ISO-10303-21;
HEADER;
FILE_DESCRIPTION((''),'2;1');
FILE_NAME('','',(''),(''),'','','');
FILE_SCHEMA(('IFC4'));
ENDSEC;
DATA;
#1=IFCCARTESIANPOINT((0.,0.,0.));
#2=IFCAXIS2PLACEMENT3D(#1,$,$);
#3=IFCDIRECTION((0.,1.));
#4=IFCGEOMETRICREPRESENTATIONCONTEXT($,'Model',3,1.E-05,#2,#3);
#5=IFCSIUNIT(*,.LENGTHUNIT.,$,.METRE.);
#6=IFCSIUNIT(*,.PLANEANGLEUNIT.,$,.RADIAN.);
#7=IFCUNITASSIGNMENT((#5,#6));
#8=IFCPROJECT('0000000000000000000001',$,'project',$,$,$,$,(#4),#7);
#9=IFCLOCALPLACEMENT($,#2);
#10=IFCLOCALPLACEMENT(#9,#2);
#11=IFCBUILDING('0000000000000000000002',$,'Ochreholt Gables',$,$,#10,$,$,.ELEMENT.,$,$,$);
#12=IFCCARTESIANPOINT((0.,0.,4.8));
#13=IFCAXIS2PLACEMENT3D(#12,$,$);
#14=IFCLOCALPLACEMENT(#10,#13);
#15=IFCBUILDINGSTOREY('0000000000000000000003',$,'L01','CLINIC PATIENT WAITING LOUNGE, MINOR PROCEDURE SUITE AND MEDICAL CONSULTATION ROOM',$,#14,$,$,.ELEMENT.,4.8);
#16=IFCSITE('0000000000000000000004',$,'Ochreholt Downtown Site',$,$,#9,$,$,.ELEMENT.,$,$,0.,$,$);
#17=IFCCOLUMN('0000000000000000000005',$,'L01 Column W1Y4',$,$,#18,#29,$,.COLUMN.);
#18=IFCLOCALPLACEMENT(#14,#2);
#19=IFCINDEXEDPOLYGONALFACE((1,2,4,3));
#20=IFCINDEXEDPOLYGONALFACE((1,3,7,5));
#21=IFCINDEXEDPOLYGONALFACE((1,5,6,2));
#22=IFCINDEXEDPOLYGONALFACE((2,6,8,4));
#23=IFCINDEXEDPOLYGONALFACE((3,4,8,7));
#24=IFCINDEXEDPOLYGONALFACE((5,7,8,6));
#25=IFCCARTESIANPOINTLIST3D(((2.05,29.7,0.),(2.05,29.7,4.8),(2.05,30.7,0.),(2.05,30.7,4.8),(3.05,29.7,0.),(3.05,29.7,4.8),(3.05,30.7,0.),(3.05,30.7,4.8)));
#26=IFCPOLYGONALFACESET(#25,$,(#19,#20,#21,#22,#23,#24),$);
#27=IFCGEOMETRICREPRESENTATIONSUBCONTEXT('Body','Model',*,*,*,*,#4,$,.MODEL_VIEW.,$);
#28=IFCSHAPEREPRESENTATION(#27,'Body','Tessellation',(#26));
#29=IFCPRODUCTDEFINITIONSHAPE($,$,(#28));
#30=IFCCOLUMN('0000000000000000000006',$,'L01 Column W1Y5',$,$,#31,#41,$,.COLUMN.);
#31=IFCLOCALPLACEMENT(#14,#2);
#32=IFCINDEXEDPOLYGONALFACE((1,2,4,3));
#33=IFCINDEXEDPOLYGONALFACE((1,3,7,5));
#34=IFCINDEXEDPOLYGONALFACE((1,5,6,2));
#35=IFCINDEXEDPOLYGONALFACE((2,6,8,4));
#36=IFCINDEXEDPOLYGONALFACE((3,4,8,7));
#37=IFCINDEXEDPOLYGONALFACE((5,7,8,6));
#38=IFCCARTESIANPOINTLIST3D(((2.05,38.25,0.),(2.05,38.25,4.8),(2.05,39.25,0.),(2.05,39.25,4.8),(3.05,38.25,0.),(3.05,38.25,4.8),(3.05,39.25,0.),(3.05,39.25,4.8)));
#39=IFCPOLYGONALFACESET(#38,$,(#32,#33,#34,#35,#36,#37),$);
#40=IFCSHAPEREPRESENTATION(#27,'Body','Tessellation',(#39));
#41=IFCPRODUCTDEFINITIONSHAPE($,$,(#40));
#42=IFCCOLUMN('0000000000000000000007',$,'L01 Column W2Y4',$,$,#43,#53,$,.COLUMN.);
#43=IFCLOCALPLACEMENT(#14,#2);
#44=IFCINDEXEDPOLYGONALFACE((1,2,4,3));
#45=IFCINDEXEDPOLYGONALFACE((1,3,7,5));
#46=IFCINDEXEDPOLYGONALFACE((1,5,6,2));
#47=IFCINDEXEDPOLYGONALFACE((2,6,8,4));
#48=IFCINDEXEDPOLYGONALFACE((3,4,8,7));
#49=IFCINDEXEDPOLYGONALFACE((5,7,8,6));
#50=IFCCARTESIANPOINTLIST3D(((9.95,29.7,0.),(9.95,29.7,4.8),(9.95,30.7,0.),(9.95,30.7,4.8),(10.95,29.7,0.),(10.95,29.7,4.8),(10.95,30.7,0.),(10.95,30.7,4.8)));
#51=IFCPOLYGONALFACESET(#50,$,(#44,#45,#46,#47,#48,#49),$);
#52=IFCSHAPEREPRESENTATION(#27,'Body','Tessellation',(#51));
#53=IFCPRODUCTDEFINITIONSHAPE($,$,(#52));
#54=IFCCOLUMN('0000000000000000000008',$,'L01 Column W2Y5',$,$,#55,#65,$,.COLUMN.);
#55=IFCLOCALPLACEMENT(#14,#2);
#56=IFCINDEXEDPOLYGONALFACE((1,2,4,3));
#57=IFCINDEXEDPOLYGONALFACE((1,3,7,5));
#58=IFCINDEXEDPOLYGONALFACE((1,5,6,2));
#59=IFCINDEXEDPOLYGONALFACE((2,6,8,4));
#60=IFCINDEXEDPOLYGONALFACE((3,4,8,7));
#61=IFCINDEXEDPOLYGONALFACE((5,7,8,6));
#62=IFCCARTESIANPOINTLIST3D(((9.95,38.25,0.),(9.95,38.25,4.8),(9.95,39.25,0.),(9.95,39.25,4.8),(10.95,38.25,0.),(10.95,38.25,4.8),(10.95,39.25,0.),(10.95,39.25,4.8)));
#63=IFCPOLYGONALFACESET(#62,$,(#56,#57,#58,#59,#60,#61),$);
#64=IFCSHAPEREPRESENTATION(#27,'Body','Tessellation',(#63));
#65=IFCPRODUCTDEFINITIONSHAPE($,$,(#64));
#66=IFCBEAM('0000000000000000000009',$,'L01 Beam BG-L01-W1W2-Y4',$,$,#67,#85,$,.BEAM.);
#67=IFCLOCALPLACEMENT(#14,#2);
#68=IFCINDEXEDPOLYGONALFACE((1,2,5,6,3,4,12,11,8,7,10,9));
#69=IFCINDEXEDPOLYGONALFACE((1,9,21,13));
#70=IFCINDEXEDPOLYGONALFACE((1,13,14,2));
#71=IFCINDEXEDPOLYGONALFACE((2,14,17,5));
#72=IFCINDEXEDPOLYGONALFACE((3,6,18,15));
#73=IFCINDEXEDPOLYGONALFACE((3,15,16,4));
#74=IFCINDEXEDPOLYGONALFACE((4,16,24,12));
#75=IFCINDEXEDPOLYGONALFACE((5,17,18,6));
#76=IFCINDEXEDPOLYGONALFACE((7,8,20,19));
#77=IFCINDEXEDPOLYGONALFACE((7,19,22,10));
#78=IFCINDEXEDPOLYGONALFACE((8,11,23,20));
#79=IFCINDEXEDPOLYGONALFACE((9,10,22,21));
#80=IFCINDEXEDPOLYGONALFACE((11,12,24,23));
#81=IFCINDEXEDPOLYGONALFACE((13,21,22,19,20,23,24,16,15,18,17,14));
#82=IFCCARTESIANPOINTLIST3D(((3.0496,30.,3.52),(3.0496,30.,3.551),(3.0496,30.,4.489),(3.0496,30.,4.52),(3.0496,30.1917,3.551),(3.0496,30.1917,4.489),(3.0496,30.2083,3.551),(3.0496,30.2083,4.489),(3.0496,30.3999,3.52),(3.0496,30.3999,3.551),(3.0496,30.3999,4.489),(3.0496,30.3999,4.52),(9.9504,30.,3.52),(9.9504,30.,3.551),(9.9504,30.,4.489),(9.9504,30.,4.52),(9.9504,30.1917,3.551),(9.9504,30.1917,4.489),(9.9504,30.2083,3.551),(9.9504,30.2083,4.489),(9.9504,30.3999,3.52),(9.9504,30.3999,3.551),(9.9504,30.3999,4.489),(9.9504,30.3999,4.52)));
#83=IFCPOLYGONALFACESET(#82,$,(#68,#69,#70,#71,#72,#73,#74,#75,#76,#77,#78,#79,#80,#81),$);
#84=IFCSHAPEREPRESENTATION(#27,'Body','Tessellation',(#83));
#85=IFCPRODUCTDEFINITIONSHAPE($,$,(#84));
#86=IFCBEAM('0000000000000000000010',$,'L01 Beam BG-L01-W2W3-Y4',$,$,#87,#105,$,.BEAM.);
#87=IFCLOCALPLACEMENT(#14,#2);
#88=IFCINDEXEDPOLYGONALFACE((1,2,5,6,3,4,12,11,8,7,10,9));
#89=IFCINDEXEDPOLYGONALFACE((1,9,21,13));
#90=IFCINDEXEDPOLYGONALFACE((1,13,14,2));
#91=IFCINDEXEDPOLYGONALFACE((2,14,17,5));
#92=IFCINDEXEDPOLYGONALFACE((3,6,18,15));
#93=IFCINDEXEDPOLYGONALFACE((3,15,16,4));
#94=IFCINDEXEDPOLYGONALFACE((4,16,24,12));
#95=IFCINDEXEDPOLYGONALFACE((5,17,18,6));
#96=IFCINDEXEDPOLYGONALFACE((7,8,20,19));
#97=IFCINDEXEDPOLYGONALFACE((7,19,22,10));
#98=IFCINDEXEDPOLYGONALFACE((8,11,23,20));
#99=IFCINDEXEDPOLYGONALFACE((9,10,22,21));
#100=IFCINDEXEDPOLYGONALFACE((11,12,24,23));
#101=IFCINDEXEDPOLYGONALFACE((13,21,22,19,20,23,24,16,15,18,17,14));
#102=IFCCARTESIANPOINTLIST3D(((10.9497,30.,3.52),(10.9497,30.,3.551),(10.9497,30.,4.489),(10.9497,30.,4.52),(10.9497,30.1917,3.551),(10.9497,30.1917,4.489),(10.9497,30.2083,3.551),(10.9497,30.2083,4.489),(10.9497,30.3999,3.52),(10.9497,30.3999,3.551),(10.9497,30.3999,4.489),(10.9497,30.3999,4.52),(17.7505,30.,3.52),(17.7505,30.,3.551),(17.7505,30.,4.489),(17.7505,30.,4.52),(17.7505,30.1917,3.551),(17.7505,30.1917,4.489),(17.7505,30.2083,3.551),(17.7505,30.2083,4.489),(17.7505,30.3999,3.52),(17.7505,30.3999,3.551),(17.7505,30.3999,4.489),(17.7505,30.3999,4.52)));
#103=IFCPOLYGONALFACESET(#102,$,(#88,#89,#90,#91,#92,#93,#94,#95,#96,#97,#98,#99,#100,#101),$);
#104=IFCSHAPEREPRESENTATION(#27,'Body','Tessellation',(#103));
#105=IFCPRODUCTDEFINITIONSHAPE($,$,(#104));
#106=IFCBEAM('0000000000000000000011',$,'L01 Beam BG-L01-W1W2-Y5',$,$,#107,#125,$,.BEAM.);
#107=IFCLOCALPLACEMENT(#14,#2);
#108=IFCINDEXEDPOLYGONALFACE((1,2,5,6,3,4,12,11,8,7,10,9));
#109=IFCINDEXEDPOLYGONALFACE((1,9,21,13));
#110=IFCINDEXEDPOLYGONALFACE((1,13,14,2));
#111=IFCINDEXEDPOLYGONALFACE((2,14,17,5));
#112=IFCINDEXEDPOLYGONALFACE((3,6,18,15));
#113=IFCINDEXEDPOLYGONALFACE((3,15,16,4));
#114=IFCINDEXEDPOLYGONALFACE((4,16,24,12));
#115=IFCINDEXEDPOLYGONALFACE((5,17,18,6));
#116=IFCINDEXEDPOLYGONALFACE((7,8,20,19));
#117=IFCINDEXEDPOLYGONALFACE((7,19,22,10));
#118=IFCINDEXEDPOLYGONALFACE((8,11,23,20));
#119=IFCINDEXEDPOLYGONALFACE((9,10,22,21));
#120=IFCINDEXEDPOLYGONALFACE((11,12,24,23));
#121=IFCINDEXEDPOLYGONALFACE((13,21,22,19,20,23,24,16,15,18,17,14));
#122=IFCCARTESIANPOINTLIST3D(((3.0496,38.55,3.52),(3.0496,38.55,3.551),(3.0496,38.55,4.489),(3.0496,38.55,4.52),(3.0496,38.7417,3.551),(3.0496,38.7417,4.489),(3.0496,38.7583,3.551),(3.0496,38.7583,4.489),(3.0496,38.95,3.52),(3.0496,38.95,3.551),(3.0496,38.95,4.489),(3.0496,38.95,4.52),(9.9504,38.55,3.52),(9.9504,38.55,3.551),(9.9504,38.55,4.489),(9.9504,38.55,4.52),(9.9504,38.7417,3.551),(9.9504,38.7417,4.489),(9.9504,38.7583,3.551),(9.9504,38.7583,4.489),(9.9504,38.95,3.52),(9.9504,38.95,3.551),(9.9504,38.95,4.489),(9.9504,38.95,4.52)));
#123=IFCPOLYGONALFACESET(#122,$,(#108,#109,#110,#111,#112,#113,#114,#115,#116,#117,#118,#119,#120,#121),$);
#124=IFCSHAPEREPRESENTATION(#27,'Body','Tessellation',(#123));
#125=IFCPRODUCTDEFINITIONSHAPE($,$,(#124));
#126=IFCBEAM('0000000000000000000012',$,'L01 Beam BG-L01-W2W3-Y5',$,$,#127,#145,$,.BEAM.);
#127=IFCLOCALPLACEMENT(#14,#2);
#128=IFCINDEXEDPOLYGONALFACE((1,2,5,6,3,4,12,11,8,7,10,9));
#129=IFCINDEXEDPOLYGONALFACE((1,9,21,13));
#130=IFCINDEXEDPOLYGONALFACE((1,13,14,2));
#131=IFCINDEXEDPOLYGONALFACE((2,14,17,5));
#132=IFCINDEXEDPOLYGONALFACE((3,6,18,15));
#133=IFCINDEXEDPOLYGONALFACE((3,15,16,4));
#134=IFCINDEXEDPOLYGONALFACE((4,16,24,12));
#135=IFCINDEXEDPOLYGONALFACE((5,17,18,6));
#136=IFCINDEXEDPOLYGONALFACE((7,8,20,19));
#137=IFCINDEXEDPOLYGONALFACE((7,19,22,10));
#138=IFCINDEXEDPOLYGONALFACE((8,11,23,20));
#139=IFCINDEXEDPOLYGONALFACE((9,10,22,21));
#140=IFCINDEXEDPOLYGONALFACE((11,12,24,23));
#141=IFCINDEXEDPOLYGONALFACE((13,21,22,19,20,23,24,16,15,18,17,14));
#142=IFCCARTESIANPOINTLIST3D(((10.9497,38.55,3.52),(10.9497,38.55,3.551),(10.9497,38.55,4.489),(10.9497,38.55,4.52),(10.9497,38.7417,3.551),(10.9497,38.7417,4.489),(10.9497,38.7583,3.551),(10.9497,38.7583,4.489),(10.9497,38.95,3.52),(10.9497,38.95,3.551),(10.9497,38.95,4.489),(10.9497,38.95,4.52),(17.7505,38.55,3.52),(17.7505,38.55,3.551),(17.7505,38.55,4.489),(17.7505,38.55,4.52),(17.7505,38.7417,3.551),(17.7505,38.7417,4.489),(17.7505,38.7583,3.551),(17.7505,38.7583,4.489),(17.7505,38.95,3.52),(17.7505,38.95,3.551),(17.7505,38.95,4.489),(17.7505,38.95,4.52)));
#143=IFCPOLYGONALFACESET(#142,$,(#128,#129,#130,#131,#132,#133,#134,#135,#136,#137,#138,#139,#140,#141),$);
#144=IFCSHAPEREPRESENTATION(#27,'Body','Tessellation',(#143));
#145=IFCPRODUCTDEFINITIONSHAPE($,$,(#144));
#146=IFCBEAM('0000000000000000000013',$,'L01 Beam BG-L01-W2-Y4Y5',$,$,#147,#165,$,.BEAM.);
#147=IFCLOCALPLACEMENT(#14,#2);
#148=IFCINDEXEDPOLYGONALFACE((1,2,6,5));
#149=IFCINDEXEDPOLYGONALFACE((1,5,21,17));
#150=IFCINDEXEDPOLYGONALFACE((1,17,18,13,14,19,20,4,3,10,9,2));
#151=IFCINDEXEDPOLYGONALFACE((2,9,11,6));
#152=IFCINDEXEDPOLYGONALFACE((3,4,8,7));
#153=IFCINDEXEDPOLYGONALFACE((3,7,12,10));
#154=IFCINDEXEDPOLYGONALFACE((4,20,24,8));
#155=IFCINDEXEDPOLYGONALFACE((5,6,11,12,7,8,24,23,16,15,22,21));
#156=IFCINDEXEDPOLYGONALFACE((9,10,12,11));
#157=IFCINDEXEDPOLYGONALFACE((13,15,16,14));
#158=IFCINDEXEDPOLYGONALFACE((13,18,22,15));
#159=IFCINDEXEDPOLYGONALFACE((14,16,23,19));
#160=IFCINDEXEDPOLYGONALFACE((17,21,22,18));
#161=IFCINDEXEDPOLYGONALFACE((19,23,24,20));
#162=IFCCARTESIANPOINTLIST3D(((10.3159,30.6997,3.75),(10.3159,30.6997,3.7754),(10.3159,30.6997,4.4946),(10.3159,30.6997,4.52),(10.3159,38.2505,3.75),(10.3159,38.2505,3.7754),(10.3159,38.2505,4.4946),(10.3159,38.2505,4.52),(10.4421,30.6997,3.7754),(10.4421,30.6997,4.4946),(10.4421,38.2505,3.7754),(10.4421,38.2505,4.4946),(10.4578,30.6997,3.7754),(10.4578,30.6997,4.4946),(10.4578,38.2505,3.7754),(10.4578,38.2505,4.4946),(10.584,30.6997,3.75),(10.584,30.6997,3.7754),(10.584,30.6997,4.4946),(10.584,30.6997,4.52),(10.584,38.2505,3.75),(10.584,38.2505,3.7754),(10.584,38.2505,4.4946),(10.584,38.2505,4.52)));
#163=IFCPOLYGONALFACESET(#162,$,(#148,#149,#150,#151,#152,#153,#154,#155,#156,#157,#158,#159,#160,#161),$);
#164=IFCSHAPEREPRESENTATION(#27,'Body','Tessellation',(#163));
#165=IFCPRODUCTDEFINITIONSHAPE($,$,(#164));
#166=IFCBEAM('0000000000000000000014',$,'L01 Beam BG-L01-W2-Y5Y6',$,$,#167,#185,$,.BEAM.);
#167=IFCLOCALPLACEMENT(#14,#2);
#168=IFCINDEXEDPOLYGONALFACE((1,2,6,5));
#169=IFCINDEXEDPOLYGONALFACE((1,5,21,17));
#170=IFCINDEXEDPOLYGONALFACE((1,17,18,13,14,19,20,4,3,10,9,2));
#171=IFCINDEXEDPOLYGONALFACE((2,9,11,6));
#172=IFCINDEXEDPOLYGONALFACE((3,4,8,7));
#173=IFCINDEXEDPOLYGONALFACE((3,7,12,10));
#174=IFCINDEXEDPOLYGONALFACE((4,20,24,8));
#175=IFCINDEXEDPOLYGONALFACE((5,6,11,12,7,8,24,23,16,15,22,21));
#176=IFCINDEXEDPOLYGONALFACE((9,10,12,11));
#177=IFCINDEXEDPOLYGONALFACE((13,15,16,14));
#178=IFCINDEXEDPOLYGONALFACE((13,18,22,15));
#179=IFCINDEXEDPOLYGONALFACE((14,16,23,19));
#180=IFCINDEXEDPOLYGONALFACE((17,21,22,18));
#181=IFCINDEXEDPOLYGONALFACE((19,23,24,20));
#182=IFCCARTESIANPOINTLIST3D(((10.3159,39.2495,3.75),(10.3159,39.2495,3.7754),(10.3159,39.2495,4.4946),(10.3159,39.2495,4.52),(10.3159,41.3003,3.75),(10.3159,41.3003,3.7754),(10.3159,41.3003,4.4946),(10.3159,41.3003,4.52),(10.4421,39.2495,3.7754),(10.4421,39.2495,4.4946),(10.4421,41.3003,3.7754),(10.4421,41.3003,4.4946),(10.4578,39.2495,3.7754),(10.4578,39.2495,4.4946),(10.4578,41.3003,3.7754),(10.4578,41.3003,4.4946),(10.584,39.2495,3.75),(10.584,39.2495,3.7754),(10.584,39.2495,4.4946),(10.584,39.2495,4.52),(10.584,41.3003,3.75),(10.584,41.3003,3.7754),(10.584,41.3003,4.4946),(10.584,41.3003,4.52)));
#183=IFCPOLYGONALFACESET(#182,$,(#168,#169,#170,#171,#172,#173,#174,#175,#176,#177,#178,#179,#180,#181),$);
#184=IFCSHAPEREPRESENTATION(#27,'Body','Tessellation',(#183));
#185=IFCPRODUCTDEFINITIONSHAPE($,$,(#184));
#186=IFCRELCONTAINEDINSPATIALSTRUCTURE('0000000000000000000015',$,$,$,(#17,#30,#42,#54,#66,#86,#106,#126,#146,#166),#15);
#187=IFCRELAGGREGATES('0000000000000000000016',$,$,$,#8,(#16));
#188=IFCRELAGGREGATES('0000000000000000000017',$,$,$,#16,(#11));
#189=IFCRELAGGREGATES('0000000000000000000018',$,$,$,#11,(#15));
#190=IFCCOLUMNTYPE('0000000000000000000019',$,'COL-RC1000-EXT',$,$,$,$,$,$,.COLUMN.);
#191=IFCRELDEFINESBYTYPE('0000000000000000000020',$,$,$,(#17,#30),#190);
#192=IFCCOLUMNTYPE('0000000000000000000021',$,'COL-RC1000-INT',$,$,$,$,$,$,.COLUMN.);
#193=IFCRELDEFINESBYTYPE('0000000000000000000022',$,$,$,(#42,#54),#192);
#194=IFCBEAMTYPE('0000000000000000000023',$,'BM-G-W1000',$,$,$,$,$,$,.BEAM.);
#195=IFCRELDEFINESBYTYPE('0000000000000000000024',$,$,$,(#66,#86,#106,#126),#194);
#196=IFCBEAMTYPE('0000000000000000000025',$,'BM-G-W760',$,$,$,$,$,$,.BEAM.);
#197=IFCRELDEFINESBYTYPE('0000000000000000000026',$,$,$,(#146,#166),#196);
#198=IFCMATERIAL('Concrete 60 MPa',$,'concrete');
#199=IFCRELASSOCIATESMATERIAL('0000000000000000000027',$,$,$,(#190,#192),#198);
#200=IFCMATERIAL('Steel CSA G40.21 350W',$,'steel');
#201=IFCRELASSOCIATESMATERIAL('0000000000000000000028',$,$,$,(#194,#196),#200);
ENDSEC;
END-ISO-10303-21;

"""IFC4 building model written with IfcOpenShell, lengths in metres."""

from ifc_helpers import new_model, si_unit, direction, frame, origin, origin_2d, place, context, subcontext, project, spatial, rectangle, i_section, extrude, material, material_profile, profile_set, type_object, element, save


model = new_model("IFC4")

# Units and contexts
model_context = context("Model", 3, precision=1e-05, world=origin(), true_north=direction((0.0, 1.0)))
body_context = subcontext(model_context, "Body", "Model", "MODEL_VIEW")
ifc_project = project(units=[si_unit("LENGTHUNIT", "METRE"), si_unit("PLANEANGLEUNIT", "RADIAN")], contexts=[model_context])

# Site, building, storey
site_placement = place(None, origin())
site = spatial("IfcSite", under=ifc_project, at=site_placement, Name="Ochreholt Downtown Site", CompositionType="ELEMENT", RefElevation=0.0)
building_placement = place(site_placement, origin())
building = spatial("IfcBuilding", under=site, at=building_placement, Name="Ochreholt Gables", CompositionType="ELEMENT")
storey_placement = place(building_placement, frame((0.0, 0.0, 4.8)))
storey = spatial("IfcBuildingStorey", under=building, at=storey_placement, Name="L01", Description="CLINIC PATIENT WAITING LOUNGE, MINOR PROCEDURE SUITE AND MEDICAL CONSULTATION ROOM", CompositionType="ELEMENT", Elevation=4.8)

# Columns
ifc_material_1 = material(Name="Concrete 60 MPa", Category="concrete")
ifc_material_profile_1 = material_profile(ifc_material_1, rectangle(XDim=1.0, YDim=1.0, at=origin_2d()), Name="RC1000X1000")
ifc_profile_set_1 = profile_set([ifc_material_profile_1], Name="Concrete 60 MPa")
column_type_1 = type_object("IfcColumnType", Name="COL-RC1000-EXT", PredefinedType="COLUMN", material=ifc_profile_set_1)
for number, where, z_axis, x_axis, name in (
    (1, (2.55, 30.2, 0.0), (0.0, 0.0, 1.0), (1.0, 0.0, 0.0), "L01 Column W1Y4"),
    (2, (2.55, 38.75, 0.0), (0.0, 0.0, 1.0), (1.0, 0.0, 0.0), "L01 Column W1Y5"),
):
    element("IfcColumn", number, at=place(storey_placement, frame(where, z_axis=z_axis, x_axis=x_axis)), inside=storey, type_object=column_type_1, Name=name, PredefinedType="COLUMN", context=body_context, shape_type="SweptSolid", body=[
        extrude(rectangle(XDim=1.0, YDim=1.0, at=origin_2d()), origin(), (0.0, 0.0, 1.0), 4.8),
    ])
ifc_material_profile_2 = material_profile(ifc_material_1, rectangle(XDim=1.0, YDim=1.0, at=origin_2d()), Name="RC1000X1000")
ifc_profile_set_2 = profile_set([ifc_material_profile_2], Name="Concrete 60 MPa")
column_type_2 = type_object("IfcColumnType", Name="COL-RC1000-INT", PredefinedType="COLUMN", material=ifc_profile_set_2)
for number, where, z_axis, x_axis, name in (
    (3, (10.45, 30.2, 0.0), (0.0, 0.0, 1.0), (1.0, 0.0, 0.0), "L01 Column W2Y4"),
    (4, (10.45, 38.75, 0.0), (0.0, 0.0, 1.0), (1.0, 0.0, 0.0), "L01 Column W2Y5"),
):
    element("IfcColumn", number, at=place(storey_placement, frame(where, z_axis=z_axis, x_axis=x_axis)), inside=storey, type_object=column_type_2, Name=name, PredefinedType="COLUMN", context=body_context, shape_type="SweptSolid", body=[
        extrude(rectangle(XDim=1.0, YDim=1.0, at=origin_2d()), origin(), (0.0, 0.0, 1.0), 4.8),
    ])

# Beams
ifc_material_2 = material(Name="Steel CSA G40.21 350W", Category="steel")
ifc_material_profile_3 = material_profile(ifc_material_2, i_section(OverallWidth=0.3999, OverallDepth=1.0, WebThickness=0.0166, FlangeThickness=0.031, at=origin_2d()), Name="W1000X321")
ifc_profile_set_3 = profile_set([ifc_material_profile_3], Name="Steel CSA G40.21 350W")
beam_type_1 = type_object("IfcBeamType", Name="BM-G-W1000", PredefinedType="BEAM", material=ifc_profile_set_3)
beam_1_placement = place(storey_placement, frame((3.0496, 30.2, 4.02), z_axis=(1.0, 0.0, 0.0), x_axis=(0.0, 1.0, 0.0)))
element("IfcBeam", 5, at=beam_1_placement, inside=storey, type_object=beam_type_1, Name="L01 Beam BG-L01-W1W2-Y4", PredefinedType="BEAM", context=body_context, shape_type="SweptSolid", body=[
    extrude(i_section(OverallWidth=0.3999, OverallDepth=1.0, WebThickness=0.0166, FlangeThickness=0.031, at=origin_2d()), origin(), (0.0, 0.0, 1.0), 6.9009),
])
beam_2_placement = place(storey_placement, frame((10.9497, 30.2, 4.02), z_axis=(1.0, 0.0, 0.0), x_axis=(0.0, 1.0, 0.0)))
element("IfcBeam", 6, at=beam_2_placement, inside=storey, type_object=beam_type_1, Name="L01 Beam BG-L01-W2W3-Y4", PredefinedType="BEAM", context=body_context, shape_type="SweptSolid", body=[
    extrude(i_section(OverallWidth=0.3999, OverallDepth=1.0, WebThickness=0.0166, FlangeThickness=0.031, at=origin_2d()), origin(), (0.0, 0.0, 1.0), 6.8008),
])
beam_3_placement = place(storey_placement, frame((3.0496, 38.75, 4.02), z_axis=(1.0, 0.0, 0.0), x_axis=(0.0, 1.0, 0.0)))
element("IfcBeam", 7, at=beam_3_placement, inside=storey, type_object=beam_type_1, Name="L01 Beam BG-L01-W1W2-Y5", PredefinedType="BEAM", context=body_context, shape_type="SweptSolid", body=[
    extrude(i_section(OverallWidth=0.3999, OverallDepth=1.0, WebThickness=0.0166, FlangeThickness=0.031, at=origin_2d()), origin(), (0.0, 0.0, 1.0), 6.9009),
])
beam_4_placement = place(storey_placement, frame((10.9497, 38.75, 4.02), z_axis=(1.0, 0.0, 0.0), x_axis=(0.0, 1.0, 0.0)))
element("IfcBeam", 8, at=beam_4_placement, inside=storey, type_object=beam_type_1, Name="L01 Beam BG-L01-W2W3-Y5", PredefinedType="BEAM", context=body_context, shape_type="SweptSolid", body=[
    extrude(i_section(OverallWidth=0.3999, OverallDepth=1.0, WebThickness=0.0166, FlangeThickness=0.031, at=origin_2d()), origin(), (0.0, 0.0, 1.0), 6.8008),
])
ifc_material_profile_4 = material_profile(ifc_material_2, i_section(OverallWidth=0.2681, OverallDepth=0.77, WebThickness=0.0156, FlangeThickness=0.0254, at=origin_2d()), Name="W760X196")
ifc_profile_set_4 = profile_set([ifc_material_profile_4], Name="Steel CSA G40.21 350W")
beam_type_2 = type_object("IfcBeamType", Name="BM-G-W760", PredefinedType="BEAM", material=ifc_profile_set_4)
beam_5_placement = place(storey_placement, frame((10.45, 30.6997, 4.135), z_axis=(0.0, 1.0, 0.0), x_axis=(-1.0, 0.0, 0.0)))
element("IfcBeam", 9, at=beam_5_placement, inside=storey, type_object=beam_type_2, Name="L01 Beam BG-L01-W2-Y4Y5", PredefinedType="BEAM", context=body_context, shape_type="SweptSolid", body=[
    extrude(i_section(OverallWidth=0.2681, OverallDepth=0.77, WebThickness=0.0156, FlangeThickness=0.0254, at=origin_2d()), origin(), (0.0, 0.0, 1.0), 7.5508),
])
beam_6_placement = place(storey_placement, frame((10.45, 39.2495, 4.135), z_axis=(0.0, 1.0, 0.0), x_axis=(-1.0, 0.0, 0.0)))
element("IfcBeam", 10, at=beam_6_placement, inside=storey, type_object=beam_type_2, Name="L01 Beam BG-L01-W2-Y5Y6", PredefinedType="BEAM", context=body_context, shape_type="SweptSolid", body=[
    extrude(i_section(OverallWidth=0.2681, OverallDepth=0.77, WebThickness=0.0156, FlangeThickness=0.0254, at=origin_2d()), origin(), (0.0, 0.0, 1.0), 2.0508),
])

save(model, "model.ifc")
